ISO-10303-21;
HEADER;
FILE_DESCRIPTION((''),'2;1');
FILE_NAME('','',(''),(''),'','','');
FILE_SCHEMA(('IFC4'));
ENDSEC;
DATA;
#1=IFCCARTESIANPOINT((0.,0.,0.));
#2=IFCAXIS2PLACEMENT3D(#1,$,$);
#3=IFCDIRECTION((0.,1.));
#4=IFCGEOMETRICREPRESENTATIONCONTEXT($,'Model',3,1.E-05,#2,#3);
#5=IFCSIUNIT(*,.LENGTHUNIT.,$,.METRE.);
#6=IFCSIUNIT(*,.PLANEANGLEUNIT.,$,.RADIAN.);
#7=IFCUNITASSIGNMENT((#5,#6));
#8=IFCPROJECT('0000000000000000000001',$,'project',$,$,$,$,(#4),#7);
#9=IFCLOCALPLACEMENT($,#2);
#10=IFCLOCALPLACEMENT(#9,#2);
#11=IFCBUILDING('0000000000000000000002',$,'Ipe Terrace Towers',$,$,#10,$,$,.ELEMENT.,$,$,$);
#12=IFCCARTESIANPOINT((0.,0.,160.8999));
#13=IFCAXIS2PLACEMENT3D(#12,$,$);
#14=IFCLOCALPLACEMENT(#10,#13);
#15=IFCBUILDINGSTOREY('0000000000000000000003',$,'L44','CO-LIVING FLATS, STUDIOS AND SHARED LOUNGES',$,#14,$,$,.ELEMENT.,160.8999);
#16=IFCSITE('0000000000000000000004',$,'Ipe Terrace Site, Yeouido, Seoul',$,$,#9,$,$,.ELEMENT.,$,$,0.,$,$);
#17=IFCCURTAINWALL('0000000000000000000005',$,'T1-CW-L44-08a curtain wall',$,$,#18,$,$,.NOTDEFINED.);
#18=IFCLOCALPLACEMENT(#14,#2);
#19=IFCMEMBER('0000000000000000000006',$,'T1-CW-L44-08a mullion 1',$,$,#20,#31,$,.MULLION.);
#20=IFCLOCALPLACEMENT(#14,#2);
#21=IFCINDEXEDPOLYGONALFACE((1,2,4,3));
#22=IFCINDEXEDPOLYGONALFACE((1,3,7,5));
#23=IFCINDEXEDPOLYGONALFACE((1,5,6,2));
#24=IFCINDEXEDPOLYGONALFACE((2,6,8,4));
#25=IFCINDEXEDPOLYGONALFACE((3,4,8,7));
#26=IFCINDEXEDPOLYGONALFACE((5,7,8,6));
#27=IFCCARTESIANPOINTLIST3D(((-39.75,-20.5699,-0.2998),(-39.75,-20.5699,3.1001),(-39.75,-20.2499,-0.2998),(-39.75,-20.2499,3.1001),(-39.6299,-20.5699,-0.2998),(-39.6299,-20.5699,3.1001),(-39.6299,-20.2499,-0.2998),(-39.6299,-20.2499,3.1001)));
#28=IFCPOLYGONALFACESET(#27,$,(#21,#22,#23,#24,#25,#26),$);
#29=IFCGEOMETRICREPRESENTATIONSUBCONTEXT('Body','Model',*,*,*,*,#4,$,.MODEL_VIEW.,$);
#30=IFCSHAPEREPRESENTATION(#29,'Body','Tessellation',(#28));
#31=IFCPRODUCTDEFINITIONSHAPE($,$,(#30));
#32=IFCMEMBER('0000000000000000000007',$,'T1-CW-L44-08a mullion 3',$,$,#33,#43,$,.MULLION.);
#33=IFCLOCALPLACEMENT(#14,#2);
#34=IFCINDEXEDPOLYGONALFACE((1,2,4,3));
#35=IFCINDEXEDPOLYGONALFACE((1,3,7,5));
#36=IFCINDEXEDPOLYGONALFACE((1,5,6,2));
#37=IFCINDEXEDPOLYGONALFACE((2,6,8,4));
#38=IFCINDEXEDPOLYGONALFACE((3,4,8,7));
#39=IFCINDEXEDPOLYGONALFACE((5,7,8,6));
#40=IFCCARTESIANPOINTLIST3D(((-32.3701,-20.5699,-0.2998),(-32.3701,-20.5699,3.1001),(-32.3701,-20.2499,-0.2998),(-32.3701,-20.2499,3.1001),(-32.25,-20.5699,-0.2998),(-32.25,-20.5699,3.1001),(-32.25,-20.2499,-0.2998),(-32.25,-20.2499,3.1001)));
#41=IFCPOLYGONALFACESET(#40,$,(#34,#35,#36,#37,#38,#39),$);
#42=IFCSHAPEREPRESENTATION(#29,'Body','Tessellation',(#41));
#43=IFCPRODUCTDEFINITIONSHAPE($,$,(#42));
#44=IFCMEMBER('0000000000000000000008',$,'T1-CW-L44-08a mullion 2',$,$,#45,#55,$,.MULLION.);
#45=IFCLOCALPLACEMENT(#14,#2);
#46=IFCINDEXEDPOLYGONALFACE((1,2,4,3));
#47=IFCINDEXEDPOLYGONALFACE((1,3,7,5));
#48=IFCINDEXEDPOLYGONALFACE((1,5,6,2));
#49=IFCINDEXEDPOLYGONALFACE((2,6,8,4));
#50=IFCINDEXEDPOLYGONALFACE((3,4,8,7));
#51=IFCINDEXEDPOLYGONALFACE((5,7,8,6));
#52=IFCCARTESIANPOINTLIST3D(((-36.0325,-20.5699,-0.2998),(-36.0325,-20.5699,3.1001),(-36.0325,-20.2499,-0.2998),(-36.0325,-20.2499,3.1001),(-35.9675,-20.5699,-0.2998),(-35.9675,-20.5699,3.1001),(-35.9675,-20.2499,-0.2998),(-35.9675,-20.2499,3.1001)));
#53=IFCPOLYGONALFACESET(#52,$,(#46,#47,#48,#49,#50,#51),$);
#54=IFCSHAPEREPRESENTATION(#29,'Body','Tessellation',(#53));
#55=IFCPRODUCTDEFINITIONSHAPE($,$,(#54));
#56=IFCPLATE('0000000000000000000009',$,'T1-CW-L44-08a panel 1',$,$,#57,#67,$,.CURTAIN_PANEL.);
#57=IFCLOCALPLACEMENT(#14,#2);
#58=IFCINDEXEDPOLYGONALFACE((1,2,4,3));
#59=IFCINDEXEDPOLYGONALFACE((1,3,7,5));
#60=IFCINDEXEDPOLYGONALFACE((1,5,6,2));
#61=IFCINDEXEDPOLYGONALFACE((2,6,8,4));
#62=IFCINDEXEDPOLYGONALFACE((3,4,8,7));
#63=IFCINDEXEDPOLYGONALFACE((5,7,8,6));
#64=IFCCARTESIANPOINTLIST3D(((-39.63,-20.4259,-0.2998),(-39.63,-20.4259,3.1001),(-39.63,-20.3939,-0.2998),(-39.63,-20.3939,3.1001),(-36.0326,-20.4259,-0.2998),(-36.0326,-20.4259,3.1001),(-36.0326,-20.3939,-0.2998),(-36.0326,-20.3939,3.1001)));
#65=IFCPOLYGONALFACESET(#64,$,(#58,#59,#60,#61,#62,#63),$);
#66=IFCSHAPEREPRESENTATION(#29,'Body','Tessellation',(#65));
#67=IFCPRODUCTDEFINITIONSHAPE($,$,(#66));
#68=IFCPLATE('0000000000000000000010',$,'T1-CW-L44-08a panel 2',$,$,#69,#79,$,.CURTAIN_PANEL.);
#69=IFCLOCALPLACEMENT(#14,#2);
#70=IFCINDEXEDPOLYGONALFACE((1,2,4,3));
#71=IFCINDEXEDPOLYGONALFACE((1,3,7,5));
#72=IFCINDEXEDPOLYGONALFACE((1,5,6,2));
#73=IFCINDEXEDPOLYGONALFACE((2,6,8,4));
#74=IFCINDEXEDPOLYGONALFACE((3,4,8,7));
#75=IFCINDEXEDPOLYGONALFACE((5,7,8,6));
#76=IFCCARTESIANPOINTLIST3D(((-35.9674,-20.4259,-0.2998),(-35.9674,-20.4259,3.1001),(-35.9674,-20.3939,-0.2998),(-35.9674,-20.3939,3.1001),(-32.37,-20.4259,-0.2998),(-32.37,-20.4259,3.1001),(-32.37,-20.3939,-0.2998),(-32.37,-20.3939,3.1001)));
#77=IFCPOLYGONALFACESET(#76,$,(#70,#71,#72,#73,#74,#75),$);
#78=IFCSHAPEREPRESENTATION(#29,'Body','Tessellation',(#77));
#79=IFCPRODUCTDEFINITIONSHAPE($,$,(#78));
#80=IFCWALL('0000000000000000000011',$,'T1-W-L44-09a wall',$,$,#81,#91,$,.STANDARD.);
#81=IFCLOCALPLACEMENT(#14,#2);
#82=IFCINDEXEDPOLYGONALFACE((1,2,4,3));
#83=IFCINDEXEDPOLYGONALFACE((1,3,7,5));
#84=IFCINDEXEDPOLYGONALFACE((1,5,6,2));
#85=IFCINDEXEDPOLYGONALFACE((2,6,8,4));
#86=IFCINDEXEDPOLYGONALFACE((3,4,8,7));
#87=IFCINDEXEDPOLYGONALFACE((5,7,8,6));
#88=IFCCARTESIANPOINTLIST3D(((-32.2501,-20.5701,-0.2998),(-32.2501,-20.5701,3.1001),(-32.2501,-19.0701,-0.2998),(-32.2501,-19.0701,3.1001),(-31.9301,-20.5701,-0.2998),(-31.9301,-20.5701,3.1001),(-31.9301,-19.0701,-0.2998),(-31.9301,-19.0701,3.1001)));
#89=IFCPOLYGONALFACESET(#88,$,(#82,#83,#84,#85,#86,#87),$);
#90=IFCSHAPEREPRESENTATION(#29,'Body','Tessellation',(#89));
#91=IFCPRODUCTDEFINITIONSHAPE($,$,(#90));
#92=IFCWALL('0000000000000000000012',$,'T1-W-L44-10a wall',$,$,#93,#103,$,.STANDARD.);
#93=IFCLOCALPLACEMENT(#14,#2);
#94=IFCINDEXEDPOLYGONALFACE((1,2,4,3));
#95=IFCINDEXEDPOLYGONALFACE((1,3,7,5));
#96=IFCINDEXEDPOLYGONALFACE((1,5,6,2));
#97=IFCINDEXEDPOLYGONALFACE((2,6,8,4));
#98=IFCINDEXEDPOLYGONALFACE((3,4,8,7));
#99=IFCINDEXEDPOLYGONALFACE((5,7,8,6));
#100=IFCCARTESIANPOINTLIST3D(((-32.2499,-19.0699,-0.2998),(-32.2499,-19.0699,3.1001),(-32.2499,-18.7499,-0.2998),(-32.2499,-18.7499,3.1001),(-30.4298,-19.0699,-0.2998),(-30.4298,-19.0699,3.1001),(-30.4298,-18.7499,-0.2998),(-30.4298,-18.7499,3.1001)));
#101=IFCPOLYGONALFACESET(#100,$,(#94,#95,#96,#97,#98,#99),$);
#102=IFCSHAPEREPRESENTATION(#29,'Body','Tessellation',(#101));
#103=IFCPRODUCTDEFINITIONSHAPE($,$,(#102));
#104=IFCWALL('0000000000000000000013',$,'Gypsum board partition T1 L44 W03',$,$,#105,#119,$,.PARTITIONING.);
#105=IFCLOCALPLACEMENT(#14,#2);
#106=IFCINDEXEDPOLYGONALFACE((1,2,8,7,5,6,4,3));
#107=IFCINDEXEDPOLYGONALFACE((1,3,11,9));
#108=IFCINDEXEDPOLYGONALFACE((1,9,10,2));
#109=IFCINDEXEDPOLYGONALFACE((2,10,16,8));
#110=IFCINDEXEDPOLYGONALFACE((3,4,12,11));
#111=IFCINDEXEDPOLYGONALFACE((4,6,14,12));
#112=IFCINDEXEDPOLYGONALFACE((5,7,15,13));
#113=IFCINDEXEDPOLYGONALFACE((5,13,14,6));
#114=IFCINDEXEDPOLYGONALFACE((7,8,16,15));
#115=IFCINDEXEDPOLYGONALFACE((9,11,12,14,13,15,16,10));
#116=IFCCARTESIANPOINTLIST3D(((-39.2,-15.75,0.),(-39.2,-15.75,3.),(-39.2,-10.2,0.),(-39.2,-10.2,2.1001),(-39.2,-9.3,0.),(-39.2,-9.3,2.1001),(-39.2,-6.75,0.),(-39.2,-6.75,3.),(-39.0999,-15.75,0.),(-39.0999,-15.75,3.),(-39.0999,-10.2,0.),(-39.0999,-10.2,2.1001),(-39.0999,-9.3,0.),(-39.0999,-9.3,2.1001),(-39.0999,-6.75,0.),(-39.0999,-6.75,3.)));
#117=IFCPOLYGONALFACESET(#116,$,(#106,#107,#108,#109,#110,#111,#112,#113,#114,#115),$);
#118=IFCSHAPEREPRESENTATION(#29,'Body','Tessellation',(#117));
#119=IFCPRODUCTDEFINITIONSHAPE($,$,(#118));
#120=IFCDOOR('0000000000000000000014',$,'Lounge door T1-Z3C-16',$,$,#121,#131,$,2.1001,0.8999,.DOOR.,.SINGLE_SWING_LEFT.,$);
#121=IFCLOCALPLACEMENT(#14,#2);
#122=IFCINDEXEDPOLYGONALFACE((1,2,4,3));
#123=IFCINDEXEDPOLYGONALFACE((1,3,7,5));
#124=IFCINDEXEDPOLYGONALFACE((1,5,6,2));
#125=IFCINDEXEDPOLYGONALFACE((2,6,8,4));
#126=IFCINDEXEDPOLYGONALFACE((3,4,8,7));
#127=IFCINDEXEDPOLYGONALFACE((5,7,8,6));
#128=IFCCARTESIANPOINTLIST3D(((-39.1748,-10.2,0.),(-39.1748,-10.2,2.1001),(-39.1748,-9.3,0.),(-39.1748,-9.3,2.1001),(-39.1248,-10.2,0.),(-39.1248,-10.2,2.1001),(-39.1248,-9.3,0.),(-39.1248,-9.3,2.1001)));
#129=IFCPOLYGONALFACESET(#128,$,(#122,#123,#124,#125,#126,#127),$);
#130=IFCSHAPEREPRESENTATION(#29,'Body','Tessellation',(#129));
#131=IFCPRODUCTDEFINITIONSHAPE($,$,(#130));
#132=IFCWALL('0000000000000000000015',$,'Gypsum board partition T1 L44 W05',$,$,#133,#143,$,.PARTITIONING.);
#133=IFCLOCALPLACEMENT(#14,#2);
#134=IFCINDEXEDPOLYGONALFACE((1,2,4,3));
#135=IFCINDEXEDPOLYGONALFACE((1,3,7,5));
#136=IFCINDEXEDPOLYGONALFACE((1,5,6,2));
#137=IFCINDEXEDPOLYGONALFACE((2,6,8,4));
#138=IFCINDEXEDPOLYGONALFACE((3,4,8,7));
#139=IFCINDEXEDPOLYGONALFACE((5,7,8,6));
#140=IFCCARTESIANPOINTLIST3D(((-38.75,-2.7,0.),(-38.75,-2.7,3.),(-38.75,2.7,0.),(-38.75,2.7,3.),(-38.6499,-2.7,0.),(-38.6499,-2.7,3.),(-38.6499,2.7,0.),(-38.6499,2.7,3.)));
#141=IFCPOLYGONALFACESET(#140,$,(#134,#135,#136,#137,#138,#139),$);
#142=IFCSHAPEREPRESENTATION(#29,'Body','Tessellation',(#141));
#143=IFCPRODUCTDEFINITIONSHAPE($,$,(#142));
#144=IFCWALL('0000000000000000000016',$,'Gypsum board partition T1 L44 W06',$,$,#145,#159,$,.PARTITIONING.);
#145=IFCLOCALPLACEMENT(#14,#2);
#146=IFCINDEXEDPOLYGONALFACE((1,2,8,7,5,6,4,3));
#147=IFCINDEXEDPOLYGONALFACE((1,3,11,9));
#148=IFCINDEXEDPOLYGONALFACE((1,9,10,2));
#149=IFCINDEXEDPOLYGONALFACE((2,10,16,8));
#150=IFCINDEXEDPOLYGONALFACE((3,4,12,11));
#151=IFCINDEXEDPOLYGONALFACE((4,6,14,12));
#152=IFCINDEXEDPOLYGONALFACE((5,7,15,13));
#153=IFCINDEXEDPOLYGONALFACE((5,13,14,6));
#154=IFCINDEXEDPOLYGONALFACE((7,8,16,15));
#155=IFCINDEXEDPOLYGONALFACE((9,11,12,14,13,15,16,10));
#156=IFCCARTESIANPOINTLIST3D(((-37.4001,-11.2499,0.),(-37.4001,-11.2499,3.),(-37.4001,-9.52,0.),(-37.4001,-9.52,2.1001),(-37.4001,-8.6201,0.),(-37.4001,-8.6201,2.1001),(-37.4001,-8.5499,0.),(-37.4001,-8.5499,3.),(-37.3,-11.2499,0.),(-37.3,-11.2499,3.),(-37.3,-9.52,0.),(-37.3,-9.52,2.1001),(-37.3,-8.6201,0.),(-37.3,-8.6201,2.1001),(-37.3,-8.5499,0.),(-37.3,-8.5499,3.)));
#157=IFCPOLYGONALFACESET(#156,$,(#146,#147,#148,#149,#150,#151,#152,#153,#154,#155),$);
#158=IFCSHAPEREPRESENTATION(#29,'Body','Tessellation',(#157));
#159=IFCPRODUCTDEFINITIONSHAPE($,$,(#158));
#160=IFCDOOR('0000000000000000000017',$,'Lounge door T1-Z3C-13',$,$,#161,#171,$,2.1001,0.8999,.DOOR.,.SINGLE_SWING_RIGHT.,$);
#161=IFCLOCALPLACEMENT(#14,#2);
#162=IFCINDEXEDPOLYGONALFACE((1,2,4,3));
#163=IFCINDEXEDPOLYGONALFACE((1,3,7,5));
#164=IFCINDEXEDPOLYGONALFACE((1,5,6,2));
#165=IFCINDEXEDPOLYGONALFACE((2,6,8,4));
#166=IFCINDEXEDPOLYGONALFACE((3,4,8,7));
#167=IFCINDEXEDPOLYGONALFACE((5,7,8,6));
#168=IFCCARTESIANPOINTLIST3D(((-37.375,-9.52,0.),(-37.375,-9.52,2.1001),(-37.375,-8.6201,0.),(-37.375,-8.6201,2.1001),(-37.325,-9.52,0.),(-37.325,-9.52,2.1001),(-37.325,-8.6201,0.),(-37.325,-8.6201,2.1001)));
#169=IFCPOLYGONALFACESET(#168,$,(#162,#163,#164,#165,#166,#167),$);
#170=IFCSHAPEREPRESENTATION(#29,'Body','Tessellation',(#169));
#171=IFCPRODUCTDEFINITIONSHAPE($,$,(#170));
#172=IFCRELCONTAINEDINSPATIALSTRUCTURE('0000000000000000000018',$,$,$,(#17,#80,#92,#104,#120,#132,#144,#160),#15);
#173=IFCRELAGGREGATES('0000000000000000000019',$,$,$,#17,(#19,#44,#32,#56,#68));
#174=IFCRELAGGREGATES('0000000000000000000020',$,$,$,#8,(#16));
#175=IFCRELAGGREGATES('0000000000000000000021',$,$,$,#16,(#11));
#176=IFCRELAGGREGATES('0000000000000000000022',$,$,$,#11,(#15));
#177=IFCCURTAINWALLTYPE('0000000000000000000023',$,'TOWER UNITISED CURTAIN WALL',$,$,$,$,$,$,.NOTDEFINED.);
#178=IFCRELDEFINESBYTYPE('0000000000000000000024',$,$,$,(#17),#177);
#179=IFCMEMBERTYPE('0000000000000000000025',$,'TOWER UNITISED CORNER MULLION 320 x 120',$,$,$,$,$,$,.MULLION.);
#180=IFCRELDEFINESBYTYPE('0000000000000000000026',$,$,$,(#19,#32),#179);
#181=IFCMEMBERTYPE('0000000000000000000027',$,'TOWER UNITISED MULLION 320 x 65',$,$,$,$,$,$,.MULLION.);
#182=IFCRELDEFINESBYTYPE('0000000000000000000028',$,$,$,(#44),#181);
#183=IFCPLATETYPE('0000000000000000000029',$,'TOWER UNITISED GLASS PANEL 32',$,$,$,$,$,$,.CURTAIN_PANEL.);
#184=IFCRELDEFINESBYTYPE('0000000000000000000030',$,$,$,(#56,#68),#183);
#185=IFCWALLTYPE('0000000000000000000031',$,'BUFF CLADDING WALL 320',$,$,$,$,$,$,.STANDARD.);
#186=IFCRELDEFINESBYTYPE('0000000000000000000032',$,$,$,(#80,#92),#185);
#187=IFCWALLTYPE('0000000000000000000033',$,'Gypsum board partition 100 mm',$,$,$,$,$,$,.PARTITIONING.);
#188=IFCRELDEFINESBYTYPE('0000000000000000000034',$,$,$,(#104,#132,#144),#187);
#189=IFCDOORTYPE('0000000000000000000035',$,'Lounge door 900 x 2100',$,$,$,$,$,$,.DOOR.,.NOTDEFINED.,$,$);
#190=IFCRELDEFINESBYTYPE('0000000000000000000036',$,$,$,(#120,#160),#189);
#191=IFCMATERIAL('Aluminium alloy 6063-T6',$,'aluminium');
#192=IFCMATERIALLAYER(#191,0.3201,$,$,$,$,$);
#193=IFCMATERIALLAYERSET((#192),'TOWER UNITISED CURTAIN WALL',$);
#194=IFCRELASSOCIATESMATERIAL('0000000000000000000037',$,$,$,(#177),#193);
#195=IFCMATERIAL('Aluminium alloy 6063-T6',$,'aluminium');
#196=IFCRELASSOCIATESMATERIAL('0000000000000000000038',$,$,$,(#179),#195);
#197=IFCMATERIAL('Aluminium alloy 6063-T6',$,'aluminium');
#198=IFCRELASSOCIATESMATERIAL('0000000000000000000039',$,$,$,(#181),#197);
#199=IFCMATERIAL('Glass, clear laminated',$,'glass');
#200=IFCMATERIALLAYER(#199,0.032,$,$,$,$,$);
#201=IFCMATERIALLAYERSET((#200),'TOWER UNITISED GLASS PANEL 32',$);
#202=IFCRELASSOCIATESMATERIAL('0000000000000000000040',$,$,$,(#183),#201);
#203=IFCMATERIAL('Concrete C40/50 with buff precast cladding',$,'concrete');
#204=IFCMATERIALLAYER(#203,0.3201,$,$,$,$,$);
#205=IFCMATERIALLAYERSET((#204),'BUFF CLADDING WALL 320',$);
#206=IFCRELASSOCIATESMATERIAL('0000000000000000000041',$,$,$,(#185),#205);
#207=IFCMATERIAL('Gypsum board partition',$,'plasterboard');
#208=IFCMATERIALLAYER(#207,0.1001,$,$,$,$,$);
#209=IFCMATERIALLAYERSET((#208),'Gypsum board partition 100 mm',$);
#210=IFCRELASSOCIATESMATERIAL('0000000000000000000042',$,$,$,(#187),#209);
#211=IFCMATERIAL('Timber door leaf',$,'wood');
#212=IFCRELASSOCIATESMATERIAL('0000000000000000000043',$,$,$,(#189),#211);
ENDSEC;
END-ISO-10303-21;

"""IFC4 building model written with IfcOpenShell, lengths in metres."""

from ifc_helpers import new_model, si_unit, direction, frame, frame_2d, origin, origin_2d, place, context, subcontext, project, spatial, rectangle, extrude, material, layer, layer_set, material_profile, profile_set, type_object, element, fill, aggregate, save


model = new_model("IFC4")

# Units and contexts
model_context = context("Model", 3, precision=1e-05, world=origin(), true_north=direction((0.0, 1.0)))
body_context = subcontext(model_context, "Body", "Model", "MODEL_VIEW")
ifc_project = project(units=[si_unit("LENGTHUNIT", "METRE"), si_unit("PLANEANGLEUNIT", "RADIAN")], contexts=[model_context])

# Site, building, storey
site_placement = place(None, origin())
site = spatial("IfcSite", under=ifc_project, at=site_placement, Name="Ipe Terrace Site, Yeouido, Seoul", CompositionType="ELEMENT", RefElevation=0.0)
building_placement = place(site_placement, origin())
building = spatial("IfcBuilding", under=site, at=building_placement, Name="Ipe Terrace Towers", CompositionType="ELEMENT")
storey_placement = place(building_placement, frame((0.0, 0.0, 160.8999)))
storey = spatial("IfcBuildingStorey", under=building, at=storey_placement, Name="L44", Description="CO-LIVING FLATS, STUDIOS AND SHARED LOUNGES", CompositionType="ELEMENT", Elevation=160.8999)

# Curtain wall, members, plates
ifc_material_1 = material(Name="Aluminium alloy 6063-T6", Category="aluminium")
ifc_layer_1 = layer(ifc_material_1, 0.3201)
ifc_layer_set_1 = layer_set([ifc_layer_1], Name="TOWER UNITISED CURTAIN WALL")
curtain_wall_type = type_object("IfcCurtainWallType", Name="TOWER UNITISED CURTAIN WALL", PredefinedType="NOTDEFINED", material=ifc_layer_set_1)
curtain_wall_placement = place(storey_placement, origin())
curtain_wall = element("IfcCurtainWall", 1, at=curtain_wall_placement, inside=storey, type_object=curtain_wall_type, Name="T1-CW-L44-08a curtain wall", PredefinedType="NOTDEFINED")
ifc_material_2 = material(Name="Aluminium alloy 6063-T6", Category="aluminium")
ifc_material_profile_1 = material_profile(ifc_material_2, rectangle(XDim=0.3201, YDim=0.1201, at=origin_2d()), Name="TOWER UNITISED CORNER MULLION 320 x 120")
ifc_profile_set_1 = profile_set([ifc_material_profile_1], Name="Aluminium alloy 6063-T6")
member_type_1 = type_object("IfcMemberType", Name="TOWER UNITISED CORNER MULLION 320 x 120", PredefinedType="MULLION", material=ifc_profile_set_1)
member_1_placement = place(storey_placement, frame((-39.6899, -20.4099, -0.2998), z_axis=(0.0, 0.0, 1.0), x_axis=(0.0, -1.0, 0.0)))
member_1 = element("IfcMember", 2, at=member_1_placement, type_object=member_type_1, Name="T1-CW-L44-08a mullion 1", PredefinedType="MULLION", context=body_context, shape_type="SweptSolid", body=[
    extrude(rectangle(XDim=0.3201, YDim=0.1201, at=origin_2d()), origin(), (0.0, 0.0, 1.0), 3.3999),
])
member_2_placement = place(storey_placement, frame((-32.3101, -20.4099, -0.2998), z_axis=(0.0, 0.0, 1.0), x_axis=(0.0, -1.0, 0.0)))
member_2 = element("IfcMember", 3, at=member_2_placement, type_object=member_type_1, Name="T1-CW-L44-08a mullion 3", PredefinedType="MULLION", context=body_context, shape_type="SweptSolid", body=[
    extrude(rectangle(XDim=0.3201, YDim=0.1201, at=origin_2d()), origin(), (0.0, 0.0, 1.0), 3.3999),
])
ifc_material_3 = material(Name="Aluminium alloy 6063-T6", Category="aluminium")
ifc_material_profile_2 = material_profile(ifc_material_3, rectangle(XDim=0.3201, YDim=0.0649, at=origin_2d()), Name="TOWER UNITISED MULLION 320 x 65")
ifc_profile_set_2 = profile_set([ifc_material_profile_2], Name="Aluminium alloy 6063-T6")
member_type_2 = type_object("IfcMemberType", Name="TOWER UNITISED MULLION 320 x 65", PredefinedType="MULLION", material=ifc_profile_set_2)
member_3_placement = place(storey_placement, frame((-36.0, -20.4099, -0.2998), z_axis=(0.0, 0.0, 1.0), x_axis=(0.0, -1.0, 0.0)))
member_3 = element("IfcMember", 4, at=member_3_placement, type_object=member_type_2, Name="T1-CW-L44-08a mullion 2", PredefinedType="MULLION", context=body_context, shape_type="SweptSolid", body=[
    extrude(rectangle(XDim=0.3201, YDim=0.0649, at=origin_2d()), origin(), (0.0, 0.0, 1.0), 3.3999),
])
ifc_material_4 = material(Name="Glass, clear laminated", Category="glass")
ifc_layer_2 = layer(ifc_material_4, 0.032)
ifc_layer_set_2 = layer_set([ifc_layer_2], Name="TOWER UNITISED GLASS PANEL 32")
plate_type = type_object("IfcPlateType", Name="TOWER UNITISED GLASS PANEL 32", PredefinedType="CURTAIN_PANEL", material=ifc_layer_set_2)
plate_1_placement = place(storey_placement, frame((-37.8313, -20.4099, -0.2998), z_axis=(0.0, 0.0, 1.0), x_axis=(1.0, 0.0, 0.0)))
plate_1 = element("IfcPlate", 5, at=plate_1_placement, type_object=plate_type, Name="T1-CW-L44-08a panel 1", PredefinedType="CURTAIN_PANEL", context=body_context, shape_type="SweptSolid", body=[
    extrude(rectangle(XDim=3.5974, YDim=0.032, at=origin_2d()), origin(), (0.0, 0.0, 1.0), 3.3999),
])
plate_2_placement = place(storey_placement, frame((-34.1687, -20.4099, -0.2998), z_axis=(0.0, 0.0, 1.0), x_axis=(1.0, 0.0, 0.0)))
plate_2 = element("IfcPlate", 6, at=plate_2_placement, type_object=plate_type, Name="T1-CW-L44-08a panel 2", PredefinedType="CURTAIN_PANEL", context=body_context, shape_type="SweptSolid", body=[
    extrude(rectangle(XDim=3.5974, YDim=0.032, at=origin_2d()), origin(), (0.0, 0.0, 1.0), 3.3999),
])
aggregate(curtain_wall, [member_1, member_3, member_2, plate_1, plate_2])

# Walls
ifc_material_5 = material(Name="Concrete C40/50 with buff precast cladding", Category="concrete")
ifc_layer_3 = layer(ifc_material_5, 0.3201)
ifc_layer_set_3 = layer_set([ifc_layer_3], Name="BUFF CLADDING WALL 320")
wall_type_1 = type_object("IfcWallType", Name="BUFF CLADDING WALL 320", PredefinedType="STANDARD", material=ifc_layer_set_3)
wall_1_placement = place(storey_placement, frame((-32.0901, -20.5701, -0.2998), z_axis=(0.0, 0.0, 1.0), x_axis=(0.0, 1.0, 0.0)))
element("IfcWall", 7, at=wall_1_placement, inside=storey, type_object=wall_type_1, Name="T1-W-L44-09a wall", PredefinedType="STANDARD", context=body_context, shape_type="SweptSolid", body=[
    extrude(rectangle(XDim=1.5, YDim=0.3201, at=frame_2d((0.75, 0.0))), origin(), (0.0, 0.0, 1.0), 3.3999),
])
wall_2_placement = place(storey_placement, frame((-32.25, -18.9099, -0.2998), z_axis=(0.0, 0.0, 1.0), x_axis=(1.0, 0.0, 0.0)))
element("IfcWall", 8, at=wall_2_placement, inside=storey, type_object=wall_type_1, Name="T1-W-L44-10a wall", PredefinedType="STANDARD", context=body_context, shape_type="SweptSolid", body=[
    extrude(rectangle(XDim=1.8201, YDim=0.3201, at=frame_2d((0.9102, 0.0))), origin(), (0.0, 0.0, 1.0), 3.3999),
])

# Wall, opening, door
ifc_material_6 = material(Name="Gypsum board partition", Category="plasterboard")
ifc_layer_4 = layer(ifc_material_6, 0.1001)
ifc_layer_set_4 = layer_set([ifc_layer_4], Name="Gypsum board partition 100 mm")
wall_type_2 = type_object("IfcWallType", Name="Gypsum board partition 100 mm", PredefinedType="PARTITIONING", material=ifc_layer_set_4)
wall_3_placement = place(storey_placement, frame((-39.1499, -15.75, 0.0), z_axis=(0.0, 0.0, 1.0), x_axis=(0.0, 1.0, 0.0)))
wall_3 = element("IfcWall", 9, at=wall_3_placement, inside=storey, type_object=wall_type_2, Name="Gypsum board partition T1 L44 W03", PredefinedType="PARTITIONING", context=body_context, shape_type="SweptSolid", body=[
    extrude(rectangle(XDim=9.0, YDim=0.1001, at=frame_2d((4.5, 0.0))), origin(), (0.0, 0.0, 1.0), 3.0),
])
opening_1_placement = place(wall_3_placement, frame((5.55, 0.0, 0.0)))
opening_1 = element("IfcOpeningElement", 10, at=opening_1_placement, cuts=wall_3, PredefinedType="OPENING", context=body_context, shape_type="SweptSolid", body=[
    extrude(rectangle(XDim=0.8999, YDim=2.1001, at=frame_2d((0.45, 1.05))), frame((0.0, 0.0601, 0.0), z_axis=(0.0, -1.0, 0.0), x_axis=(1.0, 0.0, 0.0)), (0.0, 0.0, 1.0), 0.1201),
])
ifc_material_7 = material(Name="Timber door leaf", Category="wood")
door_type_1 = type_object("IfcDoorType", Name="Lounge door 900 x 2100", OperationType="NOTDEFINED", PredefinedType="DOOR", material=ifc_material_7)
door_1_placement = place(opening_1_placement, origin())
door_1 = element("IfcDoor", 11, at=door_1_placement, inside=storey, type_object=door_type_1, Name="Lounge door T1-Z3C-16", OperationType="SINGLE_SWING_LEFT", OverallHeight=2.1001, OverallWidth=0.8999, PredefinedType="DOOR", context=body_context, shape_type="SweptSolid", body=[
    extrude(rectangle(XDim=0.8999, YDim=2.1001, at=frame_2d((0.45, 1.05))), frame((0.0, 0.0249, 0.0), z_axis=(0.0, -1.0, 0.0), x_axis=(1.0, 0.0, 0.0)), (0.0, 0.0, 1.0), 0.05),
])
fill(opening_1, door_1)

# Wall
wall_4_placement = place(storey_placement, frame((-38.7, -2.7, 0.0), z_axis=(0.0, 0.0, 1.0), x_axis=(0.0, 1.0, 0.0)))
element("IfcWall", 12, at=wall_4_placement, inside=storey, type_object=wall_type_2, Name="Gypsum board partition T1 L44 W05", PredefinedType="PARTITIONING", context=body_context, shape_type="SweptSolid", body=[
    extrude(rectangle(XDim=5.3999, YDim=0.1001, at=frame_2d((2.7, 0.0))), origin(), (0.0, 0.0, 1.0), 3.0),
])

# Wall, opening, door
wall_5_placement = place(storey_placement, frame((-37.3501, -11.25, 0.0), z_axis=(0.0, 0.0, 1.0), x_axis=(0.0, 1.0, 0.0)))
wall_5 = element("IfcWall", 13, at=wall_5_placement, inside=storey, type_object=wall_type_2, Name="Gypsum board partition T1 L44 W06", PredefinedType="PARTITIONING", context=body_context, shape_type="SweptSolid", body=[
    extrude(rectangle(XDim=2.7, YDim=0.1001, at=frame_2d((1.3501, 0.0))), origin(), (0.0, 0.0, 1.0), 3.0),
])
opening_2_placement = place(wall_5_placement, frame((1.73, 0.0, 0.0)))
opening_2 = element("IfcOpeningElement", 14, at=opening_2_placement, cuts=wall_5, PredefinedType="OPENING", context=body_context, shape_type="SweptSolid", body=[
    extrude(rectangle(XDim=0.8999, YDim=2.1001, at=frame_2d((0.45, 1.05))), frame((0.0, 0.0601, 0.0), z_axis=(0.0, -1.0, 0.0), x_axis=(1.0, 0.0, 0.0)), (0.0, 0.0, 1.0), 0.1201),
])
door_2_placement = place(opening_2_placement, origin())
door_2 = element("IfcDoor", 15, at=door_2_placement, inside=storey, type_object=door_type_1, Name="Lounge door T1-Z3C-13", OperationType="SINGLE_SWING_RIGHT", OverallHeight=2.1001, OverallWidth=0.8999, PredefinedType="DOOR", context=body_context, shape_type="SweptSolid", body=[
    extrude(rectangle(XDim=0.8999, YDim=2.1001, at=frame_2d((0.45, 1.05))), frame((0.0, 0.0249, 0.0), z_axis=(0.0, -1.0, 0.0), x_axis=(1.0, 0.0, 0.0)), (0.0, 0.0, 1.0), 0.05),
])
fill(opening_2, door_2)

save(model, "model.ifc")
